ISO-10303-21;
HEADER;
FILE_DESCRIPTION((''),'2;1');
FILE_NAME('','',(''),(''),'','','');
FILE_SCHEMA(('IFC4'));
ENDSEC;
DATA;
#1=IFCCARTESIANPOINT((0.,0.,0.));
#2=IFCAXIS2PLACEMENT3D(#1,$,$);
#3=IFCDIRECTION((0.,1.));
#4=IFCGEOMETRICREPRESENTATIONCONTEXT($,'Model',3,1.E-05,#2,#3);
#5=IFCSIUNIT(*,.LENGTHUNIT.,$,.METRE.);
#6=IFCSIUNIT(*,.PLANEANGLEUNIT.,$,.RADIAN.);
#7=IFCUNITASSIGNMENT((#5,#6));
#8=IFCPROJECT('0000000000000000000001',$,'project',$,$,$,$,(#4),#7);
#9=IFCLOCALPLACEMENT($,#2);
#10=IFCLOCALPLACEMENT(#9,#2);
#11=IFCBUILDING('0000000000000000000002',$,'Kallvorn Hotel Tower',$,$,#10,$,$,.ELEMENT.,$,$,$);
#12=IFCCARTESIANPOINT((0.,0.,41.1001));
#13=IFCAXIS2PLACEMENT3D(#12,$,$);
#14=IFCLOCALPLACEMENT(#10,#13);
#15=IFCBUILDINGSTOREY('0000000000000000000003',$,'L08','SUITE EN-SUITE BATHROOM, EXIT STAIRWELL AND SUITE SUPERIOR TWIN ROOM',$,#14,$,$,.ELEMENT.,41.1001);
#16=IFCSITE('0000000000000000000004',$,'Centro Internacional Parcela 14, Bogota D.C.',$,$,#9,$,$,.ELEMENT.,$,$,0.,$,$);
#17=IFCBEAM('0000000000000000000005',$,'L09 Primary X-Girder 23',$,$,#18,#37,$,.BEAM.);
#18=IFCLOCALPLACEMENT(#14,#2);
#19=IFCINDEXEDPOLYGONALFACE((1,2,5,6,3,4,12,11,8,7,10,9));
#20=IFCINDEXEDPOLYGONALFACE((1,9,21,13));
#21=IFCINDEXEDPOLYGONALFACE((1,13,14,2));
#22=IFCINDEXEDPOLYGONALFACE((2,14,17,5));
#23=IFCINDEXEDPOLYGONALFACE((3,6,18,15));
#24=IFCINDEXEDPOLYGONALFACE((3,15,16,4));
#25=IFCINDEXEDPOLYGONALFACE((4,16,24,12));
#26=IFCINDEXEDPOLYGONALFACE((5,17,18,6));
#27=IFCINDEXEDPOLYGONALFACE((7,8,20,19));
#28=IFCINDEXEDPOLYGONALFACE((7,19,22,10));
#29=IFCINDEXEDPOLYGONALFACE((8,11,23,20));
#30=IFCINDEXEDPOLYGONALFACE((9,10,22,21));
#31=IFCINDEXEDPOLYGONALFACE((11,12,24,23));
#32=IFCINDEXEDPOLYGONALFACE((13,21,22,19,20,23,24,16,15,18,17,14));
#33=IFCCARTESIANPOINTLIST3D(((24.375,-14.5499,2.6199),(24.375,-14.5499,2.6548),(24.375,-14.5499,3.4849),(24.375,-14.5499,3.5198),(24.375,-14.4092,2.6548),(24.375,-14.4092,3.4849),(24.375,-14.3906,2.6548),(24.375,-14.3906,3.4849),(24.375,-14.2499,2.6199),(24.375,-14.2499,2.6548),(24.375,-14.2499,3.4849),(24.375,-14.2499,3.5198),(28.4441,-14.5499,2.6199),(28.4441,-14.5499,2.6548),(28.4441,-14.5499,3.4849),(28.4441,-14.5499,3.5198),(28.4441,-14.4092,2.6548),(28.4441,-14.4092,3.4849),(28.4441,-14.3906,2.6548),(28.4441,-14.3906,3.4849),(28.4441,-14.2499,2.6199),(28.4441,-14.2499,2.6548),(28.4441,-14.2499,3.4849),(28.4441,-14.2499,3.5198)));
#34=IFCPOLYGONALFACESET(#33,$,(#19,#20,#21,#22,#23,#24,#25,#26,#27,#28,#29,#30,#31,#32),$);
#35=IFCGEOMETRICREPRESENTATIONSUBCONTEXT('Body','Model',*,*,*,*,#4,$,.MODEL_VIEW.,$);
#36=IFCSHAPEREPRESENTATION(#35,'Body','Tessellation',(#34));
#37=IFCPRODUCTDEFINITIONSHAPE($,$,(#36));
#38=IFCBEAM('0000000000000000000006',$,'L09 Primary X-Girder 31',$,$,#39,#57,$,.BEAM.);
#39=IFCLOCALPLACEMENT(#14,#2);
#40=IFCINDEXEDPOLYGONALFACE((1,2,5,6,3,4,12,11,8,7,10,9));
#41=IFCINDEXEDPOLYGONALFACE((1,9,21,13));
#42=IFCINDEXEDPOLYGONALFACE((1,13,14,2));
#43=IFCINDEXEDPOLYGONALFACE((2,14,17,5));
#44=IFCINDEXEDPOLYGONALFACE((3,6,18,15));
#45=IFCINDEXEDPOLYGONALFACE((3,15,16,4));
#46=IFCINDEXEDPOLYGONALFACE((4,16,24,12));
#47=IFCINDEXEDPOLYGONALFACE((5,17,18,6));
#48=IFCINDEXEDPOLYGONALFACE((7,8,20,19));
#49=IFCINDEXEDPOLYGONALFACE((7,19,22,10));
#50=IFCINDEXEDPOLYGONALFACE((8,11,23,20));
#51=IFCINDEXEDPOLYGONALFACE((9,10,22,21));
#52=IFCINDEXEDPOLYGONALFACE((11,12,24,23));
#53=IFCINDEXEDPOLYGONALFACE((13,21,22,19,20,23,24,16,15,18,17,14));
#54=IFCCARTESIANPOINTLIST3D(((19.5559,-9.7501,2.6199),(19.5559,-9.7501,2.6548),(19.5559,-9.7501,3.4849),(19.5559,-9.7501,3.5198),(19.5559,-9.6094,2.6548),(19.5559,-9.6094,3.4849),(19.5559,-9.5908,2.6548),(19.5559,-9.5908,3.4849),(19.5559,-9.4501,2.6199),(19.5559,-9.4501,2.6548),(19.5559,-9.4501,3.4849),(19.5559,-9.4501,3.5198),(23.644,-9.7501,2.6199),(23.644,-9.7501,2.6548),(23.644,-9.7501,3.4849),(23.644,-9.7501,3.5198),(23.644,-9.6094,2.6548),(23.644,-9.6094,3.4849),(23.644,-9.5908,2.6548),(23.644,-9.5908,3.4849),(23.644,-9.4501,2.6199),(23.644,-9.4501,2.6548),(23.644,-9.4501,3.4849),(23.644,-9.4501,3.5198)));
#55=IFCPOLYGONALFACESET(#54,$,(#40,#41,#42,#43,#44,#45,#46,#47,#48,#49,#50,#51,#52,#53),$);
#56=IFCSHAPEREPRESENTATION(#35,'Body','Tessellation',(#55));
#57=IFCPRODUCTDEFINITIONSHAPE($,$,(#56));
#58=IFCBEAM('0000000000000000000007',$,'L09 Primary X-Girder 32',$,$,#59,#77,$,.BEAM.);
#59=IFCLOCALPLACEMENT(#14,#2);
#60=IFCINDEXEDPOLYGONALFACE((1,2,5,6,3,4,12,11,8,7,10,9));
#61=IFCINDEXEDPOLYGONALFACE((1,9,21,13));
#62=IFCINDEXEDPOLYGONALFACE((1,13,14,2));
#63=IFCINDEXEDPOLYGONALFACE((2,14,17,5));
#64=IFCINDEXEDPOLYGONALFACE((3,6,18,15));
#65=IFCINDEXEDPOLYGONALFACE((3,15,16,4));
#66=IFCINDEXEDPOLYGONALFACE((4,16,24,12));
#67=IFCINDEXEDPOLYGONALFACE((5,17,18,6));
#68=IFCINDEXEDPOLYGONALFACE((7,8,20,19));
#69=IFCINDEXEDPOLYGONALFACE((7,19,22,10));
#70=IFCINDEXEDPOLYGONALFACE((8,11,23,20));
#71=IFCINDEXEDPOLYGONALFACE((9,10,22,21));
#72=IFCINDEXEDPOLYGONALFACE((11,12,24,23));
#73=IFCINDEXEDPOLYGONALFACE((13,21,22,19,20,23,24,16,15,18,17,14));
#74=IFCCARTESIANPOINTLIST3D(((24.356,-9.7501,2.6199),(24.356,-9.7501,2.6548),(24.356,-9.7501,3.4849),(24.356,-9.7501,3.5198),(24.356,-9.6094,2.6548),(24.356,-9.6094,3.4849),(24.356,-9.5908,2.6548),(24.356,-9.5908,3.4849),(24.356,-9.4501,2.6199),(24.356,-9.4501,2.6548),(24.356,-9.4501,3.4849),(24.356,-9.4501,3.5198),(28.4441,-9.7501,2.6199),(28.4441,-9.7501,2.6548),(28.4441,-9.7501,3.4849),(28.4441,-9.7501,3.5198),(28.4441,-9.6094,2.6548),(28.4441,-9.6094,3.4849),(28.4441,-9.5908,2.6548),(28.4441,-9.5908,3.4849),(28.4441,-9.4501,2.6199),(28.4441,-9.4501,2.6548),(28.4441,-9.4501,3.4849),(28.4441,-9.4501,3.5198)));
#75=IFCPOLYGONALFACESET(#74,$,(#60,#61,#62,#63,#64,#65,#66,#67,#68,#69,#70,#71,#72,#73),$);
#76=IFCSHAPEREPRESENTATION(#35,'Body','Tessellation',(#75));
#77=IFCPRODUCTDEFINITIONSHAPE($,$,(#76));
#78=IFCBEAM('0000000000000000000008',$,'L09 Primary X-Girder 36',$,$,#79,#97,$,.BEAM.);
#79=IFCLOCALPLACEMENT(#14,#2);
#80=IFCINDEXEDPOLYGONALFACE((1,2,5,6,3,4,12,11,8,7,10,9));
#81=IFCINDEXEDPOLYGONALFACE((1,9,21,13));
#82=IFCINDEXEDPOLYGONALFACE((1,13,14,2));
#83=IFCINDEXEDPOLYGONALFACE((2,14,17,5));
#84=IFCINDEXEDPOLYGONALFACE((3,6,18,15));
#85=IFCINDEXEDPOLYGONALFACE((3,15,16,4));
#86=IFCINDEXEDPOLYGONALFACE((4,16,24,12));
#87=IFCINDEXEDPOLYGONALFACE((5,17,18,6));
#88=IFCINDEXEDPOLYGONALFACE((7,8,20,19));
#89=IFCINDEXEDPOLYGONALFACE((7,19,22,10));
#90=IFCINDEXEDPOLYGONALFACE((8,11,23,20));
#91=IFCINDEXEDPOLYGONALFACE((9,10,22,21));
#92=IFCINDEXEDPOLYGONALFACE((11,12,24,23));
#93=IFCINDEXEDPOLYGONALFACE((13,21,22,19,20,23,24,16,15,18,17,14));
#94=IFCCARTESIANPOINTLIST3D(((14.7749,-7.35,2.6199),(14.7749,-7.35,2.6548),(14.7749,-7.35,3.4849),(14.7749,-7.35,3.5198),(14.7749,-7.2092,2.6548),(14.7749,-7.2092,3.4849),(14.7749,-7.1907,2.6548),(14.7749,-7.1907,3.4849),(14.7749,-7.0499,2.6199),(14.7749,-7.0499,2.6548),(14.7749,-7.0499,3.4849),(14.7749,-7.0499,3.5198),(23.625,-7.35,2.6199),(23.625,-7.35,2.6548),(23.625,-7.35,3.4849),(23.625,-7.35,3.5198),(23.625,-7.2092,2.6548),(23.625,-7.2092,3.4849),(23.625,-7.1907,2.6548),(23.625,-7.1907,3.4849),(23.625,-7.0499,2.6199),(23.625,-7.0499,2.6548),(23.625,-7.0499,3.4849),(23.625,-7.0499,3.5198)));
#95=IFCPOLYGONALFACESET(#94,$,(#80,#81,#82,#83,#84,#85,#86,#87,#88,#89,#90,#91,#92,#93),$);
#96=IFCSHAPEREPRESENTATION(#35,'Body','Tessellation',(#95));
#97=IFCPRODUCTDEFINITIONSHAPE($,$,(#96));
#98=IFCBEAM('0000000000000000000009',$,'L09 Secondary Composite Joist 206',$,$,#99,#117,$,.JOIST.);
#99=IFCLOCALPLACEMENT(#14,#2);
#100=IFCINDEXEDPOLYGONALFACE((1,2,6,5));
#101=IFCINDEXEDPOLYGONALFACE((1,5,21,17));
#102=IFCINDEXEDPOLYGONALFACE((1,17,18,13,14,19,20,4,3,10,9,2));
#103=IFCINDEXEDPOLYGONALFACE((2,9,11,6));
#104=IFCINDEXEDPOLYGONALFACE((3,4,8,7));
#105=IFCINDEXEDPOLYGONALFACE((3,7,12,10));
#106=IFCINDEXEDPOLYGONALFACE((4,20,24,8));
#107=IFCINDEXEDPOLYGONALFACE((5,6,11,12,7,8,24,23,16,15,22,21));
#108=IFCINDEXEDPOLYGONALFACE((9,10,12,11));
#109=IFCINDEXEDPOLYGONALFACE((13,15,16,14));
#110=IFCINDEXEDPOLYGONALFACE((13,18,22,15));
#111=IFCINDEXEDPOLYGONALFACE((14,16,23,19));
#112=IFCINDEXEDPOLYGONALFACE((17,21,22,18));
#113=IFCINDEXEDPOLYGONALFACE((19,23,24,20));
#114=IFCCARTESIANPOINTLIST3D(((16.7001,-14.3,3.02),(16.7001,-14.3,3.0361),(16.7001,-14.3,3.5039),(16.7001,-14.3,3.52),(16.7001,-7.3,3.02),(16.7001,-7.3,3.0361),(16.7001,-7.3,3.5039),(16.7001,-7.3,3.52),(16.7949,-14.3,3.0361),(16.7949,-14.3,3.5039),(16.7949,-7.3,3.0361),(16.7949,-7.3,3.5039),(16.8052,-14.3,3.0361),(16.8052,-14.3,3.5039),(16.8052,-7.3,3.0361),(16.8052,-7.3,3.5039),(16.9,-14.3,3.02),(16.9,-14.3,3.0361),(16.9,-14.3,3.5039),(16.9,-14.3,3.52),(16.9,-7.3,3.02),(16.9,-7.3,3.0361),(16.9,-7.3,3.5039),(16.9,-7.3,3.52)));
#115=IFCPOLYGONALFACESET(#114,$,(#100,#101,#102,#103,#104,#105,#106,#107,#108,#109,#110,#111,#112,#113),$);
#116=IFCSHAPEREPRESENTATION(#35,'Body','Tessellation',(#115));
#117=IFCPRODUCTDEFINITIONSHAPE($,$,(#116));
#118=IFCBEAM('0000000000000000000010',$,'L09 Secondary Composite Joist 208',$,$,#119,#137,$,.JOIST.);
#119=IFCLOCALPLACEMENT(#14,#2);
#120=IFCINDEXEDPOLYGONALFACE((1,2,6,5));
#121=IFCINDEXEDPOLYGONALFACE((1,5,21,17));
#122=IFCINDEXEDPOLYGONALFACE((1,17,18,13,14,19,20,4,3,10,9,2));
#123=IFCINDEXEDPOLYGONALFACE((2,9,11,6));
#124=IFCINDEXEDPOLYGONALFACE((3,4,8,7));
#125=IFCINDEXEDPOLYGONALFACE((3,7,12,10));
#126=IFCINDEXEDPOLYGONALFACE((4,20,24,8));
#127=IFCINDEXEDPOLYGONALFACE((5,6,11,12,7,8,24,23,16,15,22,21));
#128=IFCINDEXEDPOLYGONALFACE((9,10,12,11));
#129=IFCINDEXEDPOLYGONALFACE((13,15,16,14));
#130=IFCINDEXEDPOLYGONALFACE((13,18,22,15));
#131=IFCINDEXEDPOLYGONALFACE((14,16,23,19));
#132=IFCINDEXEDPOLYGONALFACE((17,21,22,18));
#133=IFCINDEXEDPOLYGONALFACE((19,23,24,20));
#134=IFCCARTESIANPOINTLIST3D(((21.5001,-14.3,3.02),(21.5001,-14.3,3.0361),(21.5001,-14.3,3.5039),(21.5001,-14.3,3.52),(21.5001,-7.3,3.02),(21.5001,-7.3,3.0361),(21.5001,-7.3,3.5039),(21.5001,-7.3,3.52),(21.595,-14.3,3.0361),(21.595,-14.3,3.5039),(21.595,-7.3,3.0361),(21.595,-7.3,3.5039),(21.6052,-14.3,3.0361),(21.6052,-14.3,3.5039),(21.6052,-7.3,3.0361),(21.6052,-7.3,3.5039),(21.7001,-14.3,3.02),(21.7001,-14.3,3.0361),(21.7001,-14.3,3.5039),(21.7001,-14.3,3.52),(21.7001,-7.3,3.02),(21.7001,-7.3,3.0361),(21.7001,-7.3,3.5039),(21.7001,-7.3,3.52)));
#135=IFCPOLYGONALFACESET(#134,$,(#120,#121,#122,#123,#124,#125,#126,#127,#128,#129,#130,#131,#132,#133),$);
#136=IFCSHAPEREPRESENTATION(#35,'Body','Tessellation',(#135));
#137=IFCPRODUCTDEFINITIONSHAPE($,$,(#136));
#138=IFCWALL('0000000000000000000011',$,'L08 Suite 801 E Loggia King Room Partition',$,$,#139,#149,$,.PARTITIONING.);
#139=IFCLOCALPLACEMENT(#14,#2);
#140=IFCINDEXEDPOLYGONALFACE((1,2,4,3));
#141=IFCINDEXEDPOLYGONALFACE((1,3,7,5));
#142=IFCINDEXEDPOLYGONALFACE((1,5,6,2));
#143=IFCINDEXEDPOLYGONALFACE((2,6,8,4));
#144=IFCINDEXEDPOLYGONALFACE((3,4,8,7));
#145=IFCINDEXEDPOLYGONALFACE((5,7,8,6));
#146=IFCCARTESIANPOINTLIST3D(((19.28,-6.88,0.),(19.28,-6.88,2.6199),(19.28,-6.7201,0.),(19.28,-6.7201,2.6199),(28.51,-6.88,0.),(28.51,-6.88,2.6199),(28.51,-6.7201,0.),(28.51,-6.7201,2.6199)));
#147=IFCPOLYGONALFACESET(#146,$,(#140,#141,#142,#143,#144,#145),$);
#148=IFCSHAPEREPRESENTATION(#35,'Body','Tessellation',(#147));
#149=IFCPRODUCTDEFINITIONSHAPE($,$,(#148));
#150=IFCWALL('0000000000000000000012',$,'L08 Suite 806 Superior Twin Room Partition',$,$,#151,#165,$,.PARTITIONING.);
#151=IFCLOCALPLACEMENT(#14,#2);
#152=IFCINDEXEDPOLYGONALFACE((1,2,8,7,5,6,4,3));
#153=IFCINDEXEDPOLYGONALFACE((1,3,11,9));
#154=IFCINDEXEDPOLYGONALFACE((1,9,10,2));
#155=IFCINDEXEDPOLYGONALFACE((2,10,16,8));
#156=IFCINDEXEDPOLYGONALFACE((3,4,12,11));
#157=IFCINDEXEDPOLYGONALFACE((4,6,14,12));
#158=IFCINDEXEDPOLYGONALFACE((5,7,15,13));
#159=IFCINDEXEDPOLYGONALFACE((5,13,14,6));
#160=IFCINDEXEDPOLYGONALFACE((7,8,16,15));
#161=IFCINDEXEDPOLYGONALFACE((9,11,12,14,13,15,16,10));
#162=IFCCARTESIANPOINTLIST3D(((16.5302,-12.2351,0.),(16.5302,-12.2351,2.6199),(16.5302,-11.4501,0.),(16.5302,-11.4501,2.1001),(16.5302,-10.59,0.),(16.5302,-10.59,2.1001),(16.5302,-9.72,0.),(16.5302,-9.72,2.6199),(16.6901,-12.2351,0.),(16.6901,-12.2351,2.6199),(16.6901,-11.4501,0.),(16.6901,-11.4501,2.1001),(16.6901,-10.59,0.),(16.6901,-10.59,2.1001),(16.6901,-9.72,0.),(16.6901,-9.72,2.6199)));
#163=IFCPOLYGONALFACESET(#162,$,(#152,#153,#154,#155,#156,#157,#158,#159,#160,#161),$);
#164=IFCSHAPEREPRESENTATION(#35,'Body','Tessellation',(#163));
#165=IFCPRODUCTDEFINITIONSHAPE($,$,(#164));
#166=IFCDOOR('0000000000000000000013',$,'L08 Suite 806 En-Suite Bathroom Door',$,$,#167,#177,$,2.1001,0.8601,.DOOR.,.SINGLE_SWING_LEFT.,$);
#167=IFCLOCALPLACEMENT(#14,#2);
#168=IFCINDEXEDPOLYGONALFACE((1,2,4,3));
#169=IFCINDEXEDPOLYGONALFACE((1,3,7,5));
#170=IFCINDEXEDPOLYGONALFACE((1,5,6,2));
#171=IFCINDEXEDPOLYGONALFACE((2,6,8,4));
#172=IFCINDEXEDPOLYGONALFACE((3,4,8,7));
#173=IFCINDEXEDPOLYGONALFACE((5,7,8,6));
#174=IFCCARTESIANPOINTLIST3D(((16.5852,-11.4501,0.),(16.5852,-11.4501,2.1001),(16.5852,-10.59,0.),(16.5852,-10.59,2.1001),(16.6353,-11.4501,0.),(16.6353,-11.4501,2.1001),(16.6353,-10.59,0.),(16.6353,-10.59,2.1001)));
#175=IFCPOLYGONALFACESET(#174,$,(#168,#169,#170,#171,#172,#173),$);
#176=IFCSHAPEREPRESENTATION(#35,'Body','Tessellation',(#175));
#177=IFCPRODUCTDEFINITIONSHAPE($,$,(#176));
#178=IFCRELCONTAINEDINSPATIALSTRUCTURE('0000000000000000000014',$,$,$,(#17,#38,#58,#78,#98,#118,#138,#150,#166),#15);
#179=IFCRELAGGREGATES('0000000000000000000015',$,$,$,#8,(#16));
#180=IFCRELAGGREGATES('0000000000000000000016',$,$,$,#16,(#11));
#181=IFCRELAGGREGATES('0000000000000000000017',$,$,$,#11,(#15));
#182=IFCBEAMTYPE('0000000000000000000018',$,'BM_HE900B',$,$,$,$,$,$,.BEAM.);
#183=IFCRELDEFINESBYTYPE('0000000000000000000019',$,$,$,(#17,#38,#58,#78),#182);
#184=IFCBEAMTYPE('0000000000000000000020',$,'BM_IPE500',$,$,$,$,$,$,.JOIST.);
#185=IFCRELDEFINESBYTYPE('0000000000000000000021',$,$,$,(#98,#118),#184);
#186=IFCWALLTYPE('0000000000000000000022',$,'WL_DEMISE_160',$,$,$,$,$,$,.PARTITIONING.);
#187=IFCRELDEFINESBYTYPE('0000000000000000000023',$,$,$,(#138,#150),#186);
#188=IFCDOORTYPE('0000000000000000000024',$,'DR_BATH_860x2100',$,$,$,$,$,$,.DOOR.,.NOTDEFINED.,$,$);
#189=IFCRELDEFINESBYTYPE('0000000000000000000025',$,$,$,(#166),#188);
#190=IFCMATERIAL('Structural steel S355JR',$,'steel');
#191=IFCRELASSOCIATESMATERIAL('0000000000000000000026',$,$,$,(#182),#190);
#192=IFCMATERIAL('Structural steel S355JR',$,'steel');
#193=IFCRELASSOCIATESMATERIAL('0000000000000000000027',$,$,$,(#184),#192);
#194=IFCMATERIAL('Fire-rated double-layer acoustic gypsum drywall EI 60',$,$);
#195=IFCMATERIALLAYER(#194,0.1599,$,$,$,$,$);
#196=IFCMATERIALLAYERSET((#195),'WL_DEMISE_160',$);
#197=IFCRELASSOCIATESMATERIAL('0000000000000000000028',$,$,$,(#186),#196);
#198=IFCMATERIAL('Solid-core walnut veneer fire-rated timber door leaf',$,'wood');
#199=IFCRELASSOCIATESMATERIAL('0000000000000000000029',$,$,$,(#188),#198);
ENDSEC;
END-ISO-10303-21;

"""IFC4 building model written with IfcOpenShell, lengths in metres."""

from ifc_helpers import new_model, si_unit, direction, frame, frame_2d, origin, origin_2d, place, context, subcontext, project, spatial, rectangle, i_section, extrude, material, layer, layer_set, material_profile, profile_set, type_object, element, fill, save


model = new_model("IFC4")

# Units and contexts
model_context = context("Model", 3, precision=1e-05, world=origin(), true_north=direction((0.0, 1.0)))
body_context = subcontext(model_context, "Body", "Model", "MODEL_VIEW")
ifc_project = project(units=[si_unit("LENGTHUNIT", "METRE"), si_unit("PLANEANGLEUNIT", "RADIAN")], contexts=[model_context])

# Site, building, storey
site_placement = place(None, origin())
site = spatial("IfcSite", under=ifc_project, at=site_placement, Name="Centro Internacional Parcela 14, Bogota D.C.", CompositionType="ELEMENT", RefElevation=0.0)
building_placement = place(site_placement, origin())
building = spatial("IfcBuilding", under=site, at=building_placement, Name="Kallvorn Hotel Tower", CompositionType="ELEMENT")
storey_placement = place(building_placement, frame((0.0, 0.0, 41.1001)))
storey = spatial("IfcBuildingStorey", under=building, at=storey_placement, Name="L08", Description="SUITE EN-SUITE BATHROOM, EXIT STAIRWELL AND SUITE SUPERIOR TWIN ROOM", CompositionType="ELEMENT", Elevation=41.1001)

# Beams
ifc_material_1 = material(Name="Structural steel S355JR", Category="steel")
ifc_material_profile_1 = material_profile(ifc_material_1, i_section(OverallWidth=0.3, OverallDepth=0.8999, WebThickness=0.0186, FlangeThickness=0.0349, at=origin_2d()), Name="HE 900 B")
ifc_profile_set_1 = profile_set([ifc_material_profile_1], Name="Structural steel S355JR")
beam_type_1 = type_object("IfcBeamType", Name="BM_HE900B", PredefinedType="BEAM", material=ifc_profile_set_1)
for number, where, z_axis, x_axis, name in (
    (1, (24.375, -14.3999, 3.0698), (1.0, 0.0, 0.0), (0.0, 1.0, 0.0), "L09 Primary X-Girder 23"),
):
    element("IfcBeam", number, at=place(storey_placement, frame(where, z_axis=z_axis, x_axis=x_axis)), inside=storey, type_object=beam_type_1, Name=name, PredefinedType="BEAM", context=body_context, shape_type="SweptSolid", body=[
        extrude(i_section(OverallWidth=0.3, OverallDepth=0.8999, WebThickness=0.0186, FlangeThickness=0.0349, at=origin_2d()), origin(), (0.0, 0.0, 1.0), 4.0691),
    ])
for number, where, z_axis, x_axis, name in (
    (2, (19.5559, -9.6001, 3.0698), (1.0, 0.0, 0.0), (0.0, 1.0, 0.0), "L09 Primary X-Girder 31"),
    (3, (24.356, -9.6001, 3.0698), (1.0, 0.0, 0.0), (0.0, 1.0, 0.0), "L09 Primary X-Girder 32"),
):
    element("IfcBeam", number, at=place(storey_placement, frame(where, z_axis=z_axis, x_axis=x_axis)), inside=storey, type_object=beam_type_1, Name=name, PredefinedType="BEAM", context=body_context, shape_type="SweptSolid", body=[
        extrude(i_section(OverallWidth=0.3, OverallDepth=0.8999, WebThickness=0.0186, FlangeThickness=0.0349, at=origin_2d()), origin(), (0.0, 0.0, 1.0), 4.0881),
    ])
beam_1_placement = place(storey_placement, frame((14.7749, -7.2, 3.0698), z_axis=(1.0, 0.0, 0.0), x_axis=(0.0, 1.0, 0.0)))
element("IfcBeam", 4, at=beam_1_placement, inside=storey, type_object=beam_type_1, Name="L09 Primary X-Girder 36", PredefinedType="BEAM", context=body_context, shape_type="SweptSolid", body=[
    extrude(i_section(OverallWidth=0.3, OverallDepth=0.8999, WebThickness=0.0186, FlangeThickness=0.0349, at=origin_2d()), origin(), (0.0, 0.0, 1.0), 8.8501),
])
ifc_material_2 = material(Name="Structural steel S355JR", Category="steel")
ifc_material_profile_2 = material_profile(ifc_material_2, i_section(OverallWidth=0.2, OverallDepth=0.5, WebThickness=0.0103, FlangeThickness=0.0161, at=origin_2d()), Name="IPE 500")
ifc_profile_set_2 = profile_set([ifc_material_profile_2], Name="Structural steel S355JR")
beam_type_2 = type_object("IfcBeamType", Name="BM_IPE500", PredefinedType="JOIST", material=ifc_profile_set_2)
for number, where, z_axis, x_axis, name in (
    (5, (16.8, -14.3, 3.27), (0.0, 1.0, 0.0), (-1.0, 0.0, 0.0), "L09 Secondary Composite Joist 206"),
    (6, (21.6001, -14.3, 3.27), (0.0, 1.0, 0.0), (-1.0, 0.0, 0.0), "L09 Secondary Composite Joist 208"),
):
    element("IfcBeam", number, at=place(storey_placement, frame(where, z_axis=z_axis, x_axis=x_axis)), inside=storey, type_object=beam_type_2, Name=name, PredefinedType="JOIST", context=body_context, shape_type="SweptSolid", body=[
        extrude(i_section(OverallWidth=0.2, OverallDepth=0.5, WebThickness=0.0103, FlangeThickness=0.0161, at=origin_2d()), origin(), (0.0, 0.0, 1.0), 7.0),
    ])

# Wall
ifc_material_3 = material(Name="Fire-rated double-layer acoustic gypsum drywall EI 60")
ifc_layer = layer(ifc_material_3, 0.1599)
ifc_layer_set = layer_set([ifc_layer], Name="WL_DEMISE_160")
wall_type = type_object("IfcWallType", Name="WL_DEMISE_160", PredefinedType="PARTITIONING", material=ifc_layer_set)
wall_1_placement = place(storey_placement, frame((19.28, -6.8, 0.0), z_axis=(0.0, 0.0, 1.0), x_axis=(1.0, 0.0, 0.0)))
element("IfcWall", 7, at=wall_1_placement, inside=storey, type_object=wall_type, Name="L08 Suite 801 E Loggia King Room Partition", PredefinedType="PARTITIONING", context=body_context, shape_type="SweptSolid", body=[
    extrude(rectangle(XDim=9.23, YDim=0.1599, at=frame_2d((4.615, 0.0))), origin(), (0.0, 0.0, 1.0), 2.6199),
])

# Wall, opening, door
wall_2_placement = place(storey_placement, frame((16.6101, -12.2351, 0.0), z_axis=(0.0, 0.0, 1.0), x_axis=(0.0, 1.0, 0.0)))
wall_2 = element("IfcWall", 8, at=wall_2_placement, inside=storey, type_object=wall_type, Name="L08 Suite 806 Superior Twin Room Partition", PredefinedType="PARTITIONING", context=body_context, shape_type="SweptSolid", body=[
    extrude(rectangle(XDim=2.5151, YDim=0.1599, at=frame_2d((1.2576, 0.0))), origin(), (0.0, 0.0, 1.0), 2.6199),
])
opening_1_placement = place(wall_2_placement, frame((0.7849, 0.0, 0.0)))
opening_1 = element("IfcOpeningElement", 9, at=opening_1_placement, cuts=wall_2, PredefinedType="OPENING", context=body_context, shape_type="SweptSolid", body=[
    extrude(rectangle(XDim=0.8601, YDim=2.1001, at=frame_2d((0.4302, 1.05))), frame((0.0, 0.095, 0.0), z_axis=(0.0, -1.0, 0.0), x_axis=(1.0, 0.0, 0.0)), (0.0, 0.0, 1.0), 0.1899),
])
ifc_material_4 = material(Name="Solid-core walnut veneer fire-rated timber door leaf", Category="wood")
door_type_1 = type_object("IfcDoorType", Name="DR_BATH_860x2100", OperationType="NOTDEFINED", PredefinedType="DOOR", material=ifc_material_4)
door_1_placement = place(opening_1_placement, origin())
door_1 = element("IfcDoor", 10, at=door_1_placement, inside=storey, type_object=door_type_1, Name="L08 Suite 806 En-Suite Bathroom Door", OperationType="SINGLE_SWING_LEFT", OverallHeight=2.1001, OverallWidth=0.8601, PredefinedType="DOOR", context=body_context, shape_type="SweptSolid", body=[
    extrude(rectangle(XDim=0.8601, YDim=2.1001, at=frame_2d((0.4302, 1.05))), frame((0.0, 0.0249, 0.0), z_axis=(0.0, -1.0, 0.0), x_axis=(1.0, 0.0, 0.0)), (0.0, 0.0, 1.0), 0.05),
])
fill(opening_1, door_1)

save(model, "model.ifc")
